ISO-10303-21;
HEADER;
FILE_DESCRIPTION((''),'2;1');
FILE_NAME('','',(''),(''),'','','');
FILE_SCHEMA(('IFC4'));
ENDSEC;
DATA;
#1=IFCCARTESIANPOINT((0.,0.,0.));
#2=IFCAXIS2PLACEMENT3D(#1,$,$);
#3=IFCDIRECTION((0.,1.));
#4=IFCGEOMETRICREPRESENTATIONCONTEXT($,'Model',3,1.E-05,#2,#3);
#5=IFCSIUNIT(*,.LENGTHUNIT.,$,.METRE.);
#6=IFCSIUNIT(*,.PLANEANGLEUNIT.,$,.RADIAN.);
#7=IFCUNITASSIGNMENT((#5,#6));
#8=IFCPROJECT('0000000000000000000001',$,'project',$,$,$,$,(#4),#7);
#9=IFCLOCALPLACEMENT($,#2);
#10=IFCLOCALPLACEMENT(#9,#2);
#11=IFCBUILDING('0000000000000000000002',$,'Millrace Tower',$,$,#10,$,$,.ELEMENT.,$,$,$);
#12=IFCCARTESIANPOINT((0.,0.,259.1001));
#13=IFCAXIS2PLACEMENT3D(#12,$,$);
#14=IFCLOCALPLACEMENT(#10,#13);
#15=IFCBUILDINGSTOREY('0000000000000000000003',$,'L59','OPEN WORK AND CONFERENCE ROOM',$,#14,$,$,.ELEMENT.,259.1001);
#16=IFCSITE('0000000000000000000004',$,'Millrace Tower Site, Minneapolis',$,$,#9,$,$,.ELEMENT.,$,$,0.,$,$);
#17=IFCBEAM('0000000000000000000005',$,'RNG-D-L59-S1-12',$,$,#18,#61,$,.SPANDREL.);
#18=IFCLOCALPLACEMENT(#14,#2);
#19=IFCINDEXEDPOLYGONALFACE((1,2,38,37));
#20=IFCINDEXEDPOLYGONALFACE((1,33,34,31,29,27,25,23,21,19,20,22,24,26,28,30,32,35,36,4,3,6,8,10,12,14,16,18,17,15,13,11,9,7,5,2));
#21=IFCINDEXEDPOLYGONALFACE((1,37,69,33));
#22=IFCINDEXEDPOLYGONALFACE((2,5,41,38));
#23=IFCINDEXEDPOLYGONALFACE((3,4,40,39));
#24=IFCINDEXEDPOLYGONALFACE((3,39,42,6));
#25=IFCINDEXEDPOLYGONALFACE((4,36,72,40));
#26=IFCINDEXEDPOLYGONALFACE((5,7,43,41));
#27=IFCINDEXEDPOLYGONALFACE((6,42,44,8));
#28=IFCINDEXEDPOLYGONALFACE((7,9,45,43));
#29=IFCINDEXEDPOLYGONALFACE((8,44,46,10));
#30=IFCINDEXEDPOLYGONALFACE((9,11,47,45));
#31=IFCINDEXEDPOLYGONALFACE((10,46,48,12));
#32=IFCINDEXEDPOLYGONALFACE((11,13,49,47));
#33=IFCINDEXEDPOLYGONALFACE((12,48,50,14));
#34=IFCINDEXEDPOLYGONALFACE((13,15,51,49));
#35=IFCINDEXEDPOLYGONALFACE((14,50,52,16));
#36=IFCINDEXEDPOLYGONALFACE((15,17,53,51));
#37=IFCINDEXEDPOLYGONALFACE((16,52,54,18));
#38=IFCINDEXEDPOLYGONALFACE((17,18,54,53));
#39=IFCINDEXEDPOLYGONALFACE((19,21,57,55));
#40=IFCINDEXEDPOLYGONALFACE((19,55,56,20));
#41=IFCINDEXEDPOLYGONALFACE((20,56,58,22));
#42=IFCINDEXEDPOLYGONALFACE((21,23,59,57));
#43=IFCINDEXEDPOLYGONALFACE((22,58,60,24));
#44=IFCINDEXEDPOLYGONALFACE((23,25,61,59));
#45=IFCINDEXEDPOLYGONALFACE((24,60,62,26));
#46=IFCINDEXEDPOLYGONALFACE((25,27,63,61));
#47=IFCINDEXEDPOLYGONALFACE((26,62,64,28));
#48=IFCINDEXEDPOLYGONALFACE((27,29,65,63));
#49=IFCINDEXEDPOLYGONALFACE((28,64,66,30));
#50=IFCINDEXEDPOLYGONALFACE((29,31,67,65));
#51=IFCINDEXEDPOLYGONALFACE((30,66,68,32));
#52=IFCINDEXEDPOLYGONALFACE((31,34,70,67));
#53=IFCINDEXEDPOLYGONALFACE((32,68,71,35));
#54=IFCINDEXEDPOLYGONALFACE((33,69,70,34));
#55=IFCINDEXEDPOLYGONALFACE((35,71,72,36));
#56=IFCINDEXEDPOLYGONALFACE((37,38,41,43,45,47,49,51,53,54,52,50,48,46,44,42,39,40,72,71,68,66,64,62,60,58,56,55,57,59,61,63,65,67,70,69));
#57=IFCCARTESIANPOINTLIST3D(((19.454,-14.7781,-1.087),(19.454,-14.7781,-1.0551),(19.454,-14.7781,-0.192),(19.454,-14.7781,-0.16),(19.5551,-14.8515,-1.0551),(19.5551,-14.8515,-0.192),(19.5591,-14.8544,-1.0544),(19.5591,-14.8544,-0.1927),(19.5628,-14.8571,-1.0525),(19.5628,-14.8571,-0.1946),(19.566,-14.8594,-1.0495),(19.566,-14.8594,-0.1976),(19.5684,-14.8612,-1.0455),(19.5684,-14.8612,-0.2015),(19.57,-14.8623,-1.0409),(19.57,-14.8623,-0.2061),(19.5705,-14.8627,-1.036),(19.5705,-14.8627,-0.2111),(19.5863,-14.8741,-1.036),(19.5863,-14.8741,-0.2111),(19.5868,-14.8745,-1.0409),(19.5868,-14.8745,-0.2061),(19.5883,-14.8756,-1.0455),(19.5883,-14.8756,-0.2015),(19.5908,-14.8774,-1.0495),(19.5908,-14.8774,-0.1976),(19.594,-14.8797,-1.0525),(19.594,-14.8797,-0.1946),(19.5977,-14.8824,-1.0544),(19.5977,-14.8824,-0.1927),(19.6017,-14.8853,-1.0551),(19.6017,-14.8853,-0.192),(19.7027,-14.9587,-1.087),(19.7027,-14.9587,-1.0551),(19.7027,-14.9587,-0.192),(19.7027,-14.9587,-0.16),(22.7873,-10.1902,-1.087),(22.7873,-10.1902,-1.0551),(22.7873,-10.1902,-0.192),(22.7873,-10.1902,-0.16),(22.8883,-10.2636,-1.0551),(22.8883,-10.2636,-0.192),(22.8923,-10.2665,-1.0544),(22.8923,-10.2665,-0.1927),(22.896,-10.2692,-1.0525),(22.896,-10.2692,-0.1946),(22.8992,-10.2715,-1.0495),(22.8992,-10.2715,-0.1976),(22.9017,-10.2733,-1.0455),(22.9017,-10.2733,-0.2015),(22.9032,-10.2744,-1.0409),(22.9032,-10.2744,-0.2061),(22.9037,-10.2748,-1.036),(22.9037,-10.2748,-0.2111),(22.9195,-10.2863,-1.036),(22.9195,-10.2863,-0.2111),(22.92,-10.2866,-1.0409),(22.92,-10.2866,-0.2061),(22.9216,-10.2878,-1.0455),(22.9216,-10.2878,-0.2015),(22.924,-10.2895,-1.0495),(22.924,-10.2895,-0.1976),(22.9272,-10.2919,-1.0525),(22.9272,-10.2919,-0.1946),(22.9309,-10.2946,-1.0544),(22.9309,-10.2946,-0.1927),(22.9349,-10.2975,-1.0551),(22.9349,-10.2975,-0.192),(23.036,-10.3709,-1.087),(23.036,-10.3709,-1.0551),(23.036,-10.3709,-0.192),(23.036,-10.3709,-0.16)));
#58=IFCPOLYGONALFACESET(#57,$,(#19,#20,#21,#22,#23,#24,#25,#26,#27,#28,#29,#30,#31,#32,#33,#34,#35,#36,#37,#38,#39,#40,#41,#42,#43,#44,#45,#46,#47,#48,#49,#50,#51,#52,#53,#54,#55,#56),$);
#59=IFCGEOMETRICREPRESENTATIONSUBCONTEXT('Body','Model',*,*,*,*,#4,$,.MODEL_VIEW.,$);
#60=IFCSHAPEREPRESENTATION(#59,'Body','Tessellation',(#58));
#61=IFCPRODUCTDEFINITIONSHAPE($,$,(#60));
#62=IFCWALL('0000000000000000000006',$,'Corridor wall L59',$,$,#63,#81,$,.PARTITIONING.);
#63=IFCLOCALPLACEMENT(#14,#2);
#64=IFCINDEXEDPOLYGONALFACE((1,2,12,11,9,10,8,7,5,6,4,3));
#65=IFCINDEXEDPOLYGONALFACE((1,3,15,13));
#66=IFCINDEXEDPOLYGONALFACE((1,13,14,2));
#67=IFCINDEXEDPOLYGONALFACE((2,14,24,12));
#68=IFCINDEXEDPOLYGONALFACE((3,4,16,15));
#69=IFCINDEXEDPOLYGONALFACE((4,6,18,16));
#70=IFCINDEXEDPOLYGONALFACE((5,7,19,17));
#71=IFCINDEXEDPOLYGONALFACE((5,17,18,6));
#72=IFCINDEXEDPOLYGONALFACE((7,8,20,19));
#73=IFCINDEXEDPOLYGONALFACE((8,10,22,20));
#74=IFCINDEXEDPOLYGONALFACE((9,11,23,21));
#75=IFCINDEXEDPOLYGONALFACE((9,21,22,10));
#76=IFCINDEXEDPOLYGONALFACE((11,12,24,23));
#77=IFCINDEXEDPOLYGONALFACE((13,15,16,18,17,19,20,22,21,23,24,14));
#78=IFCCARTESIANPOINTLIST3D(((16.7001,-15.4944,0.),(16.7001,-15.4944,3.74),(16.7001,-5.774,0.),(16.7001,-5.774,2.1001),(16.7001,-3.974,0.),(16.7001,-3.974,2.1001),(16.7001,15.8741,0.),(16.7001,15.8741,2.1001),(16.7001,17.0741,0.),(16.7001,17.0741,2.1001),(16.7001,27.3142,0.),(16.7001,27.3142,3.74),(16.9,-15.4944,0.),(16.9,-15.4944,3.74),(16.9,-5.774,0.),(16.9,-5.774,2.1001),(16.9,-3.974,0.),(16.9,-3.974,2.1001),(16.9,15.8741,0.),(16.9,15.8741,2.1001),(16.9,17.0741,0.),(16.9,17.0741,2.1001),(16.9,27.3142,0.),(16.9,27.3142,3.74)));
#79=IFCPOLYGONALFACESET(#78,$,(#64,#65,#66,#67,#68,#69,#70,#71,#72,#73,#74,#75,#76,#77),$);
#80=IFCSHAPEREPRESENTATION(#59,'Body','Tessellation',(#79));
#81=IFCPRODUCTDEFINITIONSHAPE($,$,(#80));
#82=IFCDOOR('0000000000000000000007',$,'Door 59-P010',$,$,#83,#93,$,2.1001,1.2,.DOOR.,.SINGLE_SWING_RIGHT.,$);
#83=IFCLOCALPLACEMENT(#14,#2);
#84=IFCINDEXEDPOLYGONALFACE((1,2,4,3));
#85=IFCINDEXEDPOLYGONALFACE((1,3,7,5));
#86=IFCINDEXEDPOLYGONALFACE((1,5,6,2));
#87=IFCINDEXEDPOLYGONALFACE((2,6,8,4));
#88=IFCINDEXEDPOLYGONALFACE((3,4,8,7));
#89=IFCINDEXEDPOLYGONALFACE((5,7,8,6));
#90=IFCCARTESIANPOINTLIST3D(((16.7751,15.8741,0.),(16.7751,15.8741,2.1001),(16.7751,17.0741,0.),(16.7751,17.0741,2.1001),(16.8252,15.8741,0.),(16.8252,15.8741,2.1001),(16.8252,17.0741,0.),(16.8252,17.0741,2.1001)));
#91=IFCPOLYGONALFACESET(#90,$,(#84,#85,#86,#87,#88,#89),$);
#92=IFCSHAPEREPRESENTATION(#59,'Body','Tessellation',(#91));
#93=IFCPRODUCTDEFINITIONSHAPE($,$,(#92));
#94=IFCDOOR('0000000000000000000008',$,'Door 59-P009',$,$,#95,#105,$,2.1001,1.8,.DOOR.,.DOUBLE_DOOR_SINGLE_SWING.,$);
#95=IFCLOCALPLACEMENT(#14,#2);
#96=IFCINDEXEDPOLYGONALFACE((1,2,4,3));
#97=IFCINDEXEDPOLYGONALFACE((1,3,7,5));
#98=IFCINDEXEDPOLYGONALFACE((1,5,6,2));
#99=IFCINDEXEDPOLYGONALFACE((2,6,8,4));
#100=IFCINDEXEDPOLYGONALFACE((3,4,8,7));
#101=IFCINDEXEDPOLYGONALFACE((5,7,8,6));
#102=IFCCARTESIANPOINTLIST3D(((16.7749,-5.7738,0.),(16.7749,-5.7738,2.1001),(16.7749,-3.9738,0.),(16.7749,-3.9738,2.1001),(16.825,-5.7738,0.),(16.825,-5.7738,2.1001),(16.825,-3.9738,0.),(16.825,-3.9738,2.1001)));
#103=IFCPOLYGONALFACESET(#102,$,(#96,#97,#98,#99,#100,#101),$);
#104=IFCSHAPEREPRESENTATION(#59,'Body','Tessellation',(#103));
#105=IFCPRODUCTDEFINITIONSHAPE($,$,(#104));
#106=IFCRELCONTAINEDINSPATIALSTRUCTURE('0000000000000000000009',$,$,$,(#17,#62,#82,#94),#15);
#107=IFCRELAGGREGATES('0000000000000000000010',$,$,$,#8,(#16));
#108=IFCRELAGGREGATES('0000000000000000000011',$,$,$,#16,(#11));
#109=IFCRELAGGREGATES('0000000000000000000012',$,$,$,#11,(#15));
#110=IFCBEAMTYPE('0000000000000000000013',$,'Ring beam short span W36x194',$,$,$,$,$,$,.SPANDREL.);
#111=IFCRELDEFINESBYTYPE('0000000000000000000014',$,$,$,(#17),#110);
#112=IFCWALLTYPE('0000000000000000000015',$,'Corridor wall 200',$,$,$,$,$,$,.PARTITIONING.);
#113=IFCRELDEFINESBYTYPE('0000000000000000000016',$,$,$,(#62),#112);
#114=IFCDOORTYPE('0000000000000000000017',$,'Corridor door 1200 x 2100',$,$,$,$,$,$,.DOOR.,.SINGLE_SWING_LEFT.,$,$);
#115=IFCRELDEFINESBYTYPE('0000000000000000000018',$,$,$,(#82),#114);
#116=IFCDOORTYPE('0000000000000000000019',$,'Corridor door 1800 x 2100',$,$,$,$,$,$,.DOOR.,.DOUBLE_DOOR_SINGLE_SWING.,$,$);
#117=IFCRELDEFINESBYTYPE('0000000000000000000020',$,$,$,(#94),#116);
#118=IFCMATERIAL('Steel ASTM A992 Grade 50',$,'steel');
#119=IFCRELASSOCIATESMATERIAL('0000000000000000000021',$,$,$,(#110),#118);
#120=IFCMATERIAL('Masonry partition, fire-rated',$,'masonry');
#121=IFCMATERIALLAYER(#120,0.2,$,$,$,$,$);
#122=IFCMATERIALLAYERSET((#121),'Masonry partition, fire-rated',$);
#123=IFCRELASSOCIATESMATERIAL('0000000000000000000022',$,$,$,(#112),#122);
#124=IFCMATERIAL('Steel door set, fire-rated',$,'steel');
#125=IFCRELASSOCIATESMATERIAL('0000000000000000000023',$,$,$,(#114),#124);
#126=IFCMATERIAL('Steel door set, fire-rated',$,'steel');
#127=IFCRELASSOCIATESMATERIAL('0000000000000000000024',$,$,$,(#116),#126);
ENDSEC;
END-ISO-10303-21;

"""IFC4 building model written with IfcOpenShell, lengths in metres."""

from ifc_helpers import new_model, si_unit, direction, frame, frame_2d, origin, origin_2d, place, context, subcontext, project, spatial, rectangle, i_section, extrude, material, layer, layer_set, material_profile, profile_set, type_object, element, fill, save


model = new_model("IFC4")

# Units and contexts
model_context = context("Model", 3, precision=1e-05, world=origin(), true_north=direction((0.0, 1.0)))
body_context = subcontext(model_context, "Body", "Model", "MODEL_VIEW")
ifc_project = project(units=[si_unit("LENGTHUNIT", "METRE"), si_unit("PLANEANGLEUNIT", "RADIAN")], contexts=[model_context])

# Site, building, storey
site_placement = place(None, origin())
site = spatial("IfcSite", under=ifc_project, at=site_placement, Name="Millrace Tower Site, Minneapolis", CompositionType="ELEMENT", RefElevation=0.0)
building_placement = place(site_placement, origin())
building = spatial("IfcBuilding", under=site, at=building_placement, Name="Millrace Tower", CompositionType="ELEMENT")
storey_placement = place(building_placement, frame((0.0, 0.0, 259.1001)))
storey = spatial("IfcBuildingStorey", under=building, at=storey_placement, Name="L59", Description="OPEN WORK AND CONFERENCE ROOM", CompositionType="ELEMENT", Elevation=259.1001)

# Beam
ifc_material_1 = material(Name="Steel ASTM A992 Grade 50", Category="steel")
ifc_material_profile_1 = material_profile(ifc_material_1, i_section(OverallWidth=0.3074, OverallDepth=0.927, WebThickness=0.0195, FlangeThickness=0.032, FilletRadius=0.019, at=origin_2d()))
ifc_profile_set_1 = profile_set([ifc_material_profile_1], Name="Steel ASTM A992 Grade 50")
beam_type_1 = type_object("IfcBeamType", Name="Ring beam short span W36x194", PredefinedType="SPANDREL", material=ifc_profile_set_1)
beam_1_placement = place(storey_placement, frame((22.9116, -10.2805, -0.6235), z_axis=(-0.58778, -0.809021, 0.0), x_axis=(0.809021, -0.58778, 0.0)))
element("IfcBeam", 1, at=beam_1_placement, inside=storey, type_object=beam_type_1, Name="RNG-D-L59-S1-12", PredefinedType="SPANDREL", context=body_context, shape_type="SweptSolid", body=[
    extrude(i_section(OverallWidth=0.3074, OverallDepth=0.927, WebThickness=0.0195, FlangeThickness=0.032, FilletRadius=0.019, at=origin_2d()), origin(), (0.0, 0.0, 1.0), 5.6709),
])

# Wall, openings, doors
ifc_material_2 = material(Name="Masonry partition, fire-rated", Category="masonry")
ifc_layer_1 = layer(ifc_material_2, 0.2)
ifc_layer_set_1 = layer_set([ifc_layer_1], Name="Masonry partition, fire-rated")
wall_type = type_object("IfcWallType", Name="Corridor wall 200", PredefinedType="PARTITIONING", material=ifc_layer_set_1)
wall_placement = place(storey_placement, frame((16.8, -15.4944, 0.0), z_axis=(0.0, 0.0, 1.0), x_axis=(0.0, 1.0, 0.0)))
wall = element("IfcWall", 2, at=wall_placement, inside=storey, type_object=wall_type, Name="Corridor wall L59", PredefinedType="PARTITIONING", context=body_context, shape_type="SweptSolid", body=[
    extrude(rectangle(XDim=42.8086, YDim=0.2, at=frame_2d((21.4043, 0.0))), origin(), (0.0, 0.0, 1.0), 3.74),
])
opening_1_placement = place(wall_placement, frame((9.7205, 0.0, 0.0)))
opening_1 = element("IfcOpeningElement", 3, at=opening_1_placement, cuts=wall, PredefinedType="OPENING", context=body_context, shape_type="SweptSolid", body=[
    extrude(rectangle(XDim=1.8, YDim=2.1001, at=frame_2d((0.8999, 1.05))), frame((0.0, 0.1099, 0.0), z_axis=(0.0, -1.0, 0.0), x_axis=(1.0, 0.0, 0.0)), (0.0, 0.0, 1.0), 0.22),
])
opening_2_placement = place(wall_placement, frame((31.3684, 0.0, 0.0)))
opening_2 = element("IfcOpeningElement", 4, at=opening_2_placement, cuts=wall, PredefinedType="OPENING", context=body_context, shape_type="SweptSolid", body=[
    extrude(rectangle(XDim=1.2, YDim=2.1001, at=frame_2d((0.6001, 1.05))), frame((0.0, 0.1099, 0.0), z_axis=(0.0, -1.0, 0.0), x_axis=(1.0, 0.0, 0.0)), (0.0, 0.0, 1.0), 0.22),
])
ifc_material_3 = material(Name="Steel door set, fire-rated", Category="steel")
door_type_1 = type_object("IfcDoorType", Name="Corridor door 1200 x 2100", OperationType="SINGLE_SWING_LEFT", PredefinedType="DOOR", material=ifc_material_3)
door_1_placement = place(opening_2_placement, origin())
door_1 = element("IfcDoor", 5, at=door_1_placement, inside=storey, type_object=door_type_1, Name="Door 59-P010", OperationType="SINGLE_SWING_RIGHT", OverallHeight=2.1001, OverallWidth=1.2, PredefinedType="DOOR", context=body_context, shape_type="SweptSolid", body=[
    extrude(rectangle(XDim=1.2, YDim=2.1001, at=frame_2d((0.6001, 1.05))), frame((0.0, 0.0249, 0.0), z_axis=(0.0, -1.0, 0.0), x_axis=(1.0, 0.0, 0.0)), (0.0, 0.0, 1.0), 0.05),
])
fill(opening_2, door_1)
ifc_material_4 = material(Name="Steel door set, fire-rated", Category="steel")
door_type_2 = type_object("IfcDoorType", Name="Corridor door 1800 x 2100", OperationType="DOUBLE_DOOR_SINGLE_SWING", PredefinedType="DOOR", material=ifc_material_4)
door_2_placement = place(opening_1_placement, frame((1.8, 0.0, 0.0), z_axis=(0.0, 0.0, 1.0), x_axis=(-1.0, 0.0, 0.0)))
door_2 = element("IfcDoor", 6, at=door_2_placement, inside=storey, type_object=door_type_2, Name="Door 59-P009", OperationType="DOUBLE_DOOR_SINGLE_SWING", OverallHeight=2.1001, OverallWidth=1.8, PredefinedType="DOOR", context=body_context, shape_type="SweptSolid", body=[
    extrude(rectangle(XDim=1.8, YDim=2.1001, at=frame_2d((0.8999, 1.05))), frame((0.0, 0.0249, 0.0), z_axis=(0.0, -1.0, 0.0), x_axis=(1.0, 0.0, 0.0)), (0.0, 0.0, 1.0), 0.05),
])
fill(opening_1, door_2)

save(model, "model.ifc")
